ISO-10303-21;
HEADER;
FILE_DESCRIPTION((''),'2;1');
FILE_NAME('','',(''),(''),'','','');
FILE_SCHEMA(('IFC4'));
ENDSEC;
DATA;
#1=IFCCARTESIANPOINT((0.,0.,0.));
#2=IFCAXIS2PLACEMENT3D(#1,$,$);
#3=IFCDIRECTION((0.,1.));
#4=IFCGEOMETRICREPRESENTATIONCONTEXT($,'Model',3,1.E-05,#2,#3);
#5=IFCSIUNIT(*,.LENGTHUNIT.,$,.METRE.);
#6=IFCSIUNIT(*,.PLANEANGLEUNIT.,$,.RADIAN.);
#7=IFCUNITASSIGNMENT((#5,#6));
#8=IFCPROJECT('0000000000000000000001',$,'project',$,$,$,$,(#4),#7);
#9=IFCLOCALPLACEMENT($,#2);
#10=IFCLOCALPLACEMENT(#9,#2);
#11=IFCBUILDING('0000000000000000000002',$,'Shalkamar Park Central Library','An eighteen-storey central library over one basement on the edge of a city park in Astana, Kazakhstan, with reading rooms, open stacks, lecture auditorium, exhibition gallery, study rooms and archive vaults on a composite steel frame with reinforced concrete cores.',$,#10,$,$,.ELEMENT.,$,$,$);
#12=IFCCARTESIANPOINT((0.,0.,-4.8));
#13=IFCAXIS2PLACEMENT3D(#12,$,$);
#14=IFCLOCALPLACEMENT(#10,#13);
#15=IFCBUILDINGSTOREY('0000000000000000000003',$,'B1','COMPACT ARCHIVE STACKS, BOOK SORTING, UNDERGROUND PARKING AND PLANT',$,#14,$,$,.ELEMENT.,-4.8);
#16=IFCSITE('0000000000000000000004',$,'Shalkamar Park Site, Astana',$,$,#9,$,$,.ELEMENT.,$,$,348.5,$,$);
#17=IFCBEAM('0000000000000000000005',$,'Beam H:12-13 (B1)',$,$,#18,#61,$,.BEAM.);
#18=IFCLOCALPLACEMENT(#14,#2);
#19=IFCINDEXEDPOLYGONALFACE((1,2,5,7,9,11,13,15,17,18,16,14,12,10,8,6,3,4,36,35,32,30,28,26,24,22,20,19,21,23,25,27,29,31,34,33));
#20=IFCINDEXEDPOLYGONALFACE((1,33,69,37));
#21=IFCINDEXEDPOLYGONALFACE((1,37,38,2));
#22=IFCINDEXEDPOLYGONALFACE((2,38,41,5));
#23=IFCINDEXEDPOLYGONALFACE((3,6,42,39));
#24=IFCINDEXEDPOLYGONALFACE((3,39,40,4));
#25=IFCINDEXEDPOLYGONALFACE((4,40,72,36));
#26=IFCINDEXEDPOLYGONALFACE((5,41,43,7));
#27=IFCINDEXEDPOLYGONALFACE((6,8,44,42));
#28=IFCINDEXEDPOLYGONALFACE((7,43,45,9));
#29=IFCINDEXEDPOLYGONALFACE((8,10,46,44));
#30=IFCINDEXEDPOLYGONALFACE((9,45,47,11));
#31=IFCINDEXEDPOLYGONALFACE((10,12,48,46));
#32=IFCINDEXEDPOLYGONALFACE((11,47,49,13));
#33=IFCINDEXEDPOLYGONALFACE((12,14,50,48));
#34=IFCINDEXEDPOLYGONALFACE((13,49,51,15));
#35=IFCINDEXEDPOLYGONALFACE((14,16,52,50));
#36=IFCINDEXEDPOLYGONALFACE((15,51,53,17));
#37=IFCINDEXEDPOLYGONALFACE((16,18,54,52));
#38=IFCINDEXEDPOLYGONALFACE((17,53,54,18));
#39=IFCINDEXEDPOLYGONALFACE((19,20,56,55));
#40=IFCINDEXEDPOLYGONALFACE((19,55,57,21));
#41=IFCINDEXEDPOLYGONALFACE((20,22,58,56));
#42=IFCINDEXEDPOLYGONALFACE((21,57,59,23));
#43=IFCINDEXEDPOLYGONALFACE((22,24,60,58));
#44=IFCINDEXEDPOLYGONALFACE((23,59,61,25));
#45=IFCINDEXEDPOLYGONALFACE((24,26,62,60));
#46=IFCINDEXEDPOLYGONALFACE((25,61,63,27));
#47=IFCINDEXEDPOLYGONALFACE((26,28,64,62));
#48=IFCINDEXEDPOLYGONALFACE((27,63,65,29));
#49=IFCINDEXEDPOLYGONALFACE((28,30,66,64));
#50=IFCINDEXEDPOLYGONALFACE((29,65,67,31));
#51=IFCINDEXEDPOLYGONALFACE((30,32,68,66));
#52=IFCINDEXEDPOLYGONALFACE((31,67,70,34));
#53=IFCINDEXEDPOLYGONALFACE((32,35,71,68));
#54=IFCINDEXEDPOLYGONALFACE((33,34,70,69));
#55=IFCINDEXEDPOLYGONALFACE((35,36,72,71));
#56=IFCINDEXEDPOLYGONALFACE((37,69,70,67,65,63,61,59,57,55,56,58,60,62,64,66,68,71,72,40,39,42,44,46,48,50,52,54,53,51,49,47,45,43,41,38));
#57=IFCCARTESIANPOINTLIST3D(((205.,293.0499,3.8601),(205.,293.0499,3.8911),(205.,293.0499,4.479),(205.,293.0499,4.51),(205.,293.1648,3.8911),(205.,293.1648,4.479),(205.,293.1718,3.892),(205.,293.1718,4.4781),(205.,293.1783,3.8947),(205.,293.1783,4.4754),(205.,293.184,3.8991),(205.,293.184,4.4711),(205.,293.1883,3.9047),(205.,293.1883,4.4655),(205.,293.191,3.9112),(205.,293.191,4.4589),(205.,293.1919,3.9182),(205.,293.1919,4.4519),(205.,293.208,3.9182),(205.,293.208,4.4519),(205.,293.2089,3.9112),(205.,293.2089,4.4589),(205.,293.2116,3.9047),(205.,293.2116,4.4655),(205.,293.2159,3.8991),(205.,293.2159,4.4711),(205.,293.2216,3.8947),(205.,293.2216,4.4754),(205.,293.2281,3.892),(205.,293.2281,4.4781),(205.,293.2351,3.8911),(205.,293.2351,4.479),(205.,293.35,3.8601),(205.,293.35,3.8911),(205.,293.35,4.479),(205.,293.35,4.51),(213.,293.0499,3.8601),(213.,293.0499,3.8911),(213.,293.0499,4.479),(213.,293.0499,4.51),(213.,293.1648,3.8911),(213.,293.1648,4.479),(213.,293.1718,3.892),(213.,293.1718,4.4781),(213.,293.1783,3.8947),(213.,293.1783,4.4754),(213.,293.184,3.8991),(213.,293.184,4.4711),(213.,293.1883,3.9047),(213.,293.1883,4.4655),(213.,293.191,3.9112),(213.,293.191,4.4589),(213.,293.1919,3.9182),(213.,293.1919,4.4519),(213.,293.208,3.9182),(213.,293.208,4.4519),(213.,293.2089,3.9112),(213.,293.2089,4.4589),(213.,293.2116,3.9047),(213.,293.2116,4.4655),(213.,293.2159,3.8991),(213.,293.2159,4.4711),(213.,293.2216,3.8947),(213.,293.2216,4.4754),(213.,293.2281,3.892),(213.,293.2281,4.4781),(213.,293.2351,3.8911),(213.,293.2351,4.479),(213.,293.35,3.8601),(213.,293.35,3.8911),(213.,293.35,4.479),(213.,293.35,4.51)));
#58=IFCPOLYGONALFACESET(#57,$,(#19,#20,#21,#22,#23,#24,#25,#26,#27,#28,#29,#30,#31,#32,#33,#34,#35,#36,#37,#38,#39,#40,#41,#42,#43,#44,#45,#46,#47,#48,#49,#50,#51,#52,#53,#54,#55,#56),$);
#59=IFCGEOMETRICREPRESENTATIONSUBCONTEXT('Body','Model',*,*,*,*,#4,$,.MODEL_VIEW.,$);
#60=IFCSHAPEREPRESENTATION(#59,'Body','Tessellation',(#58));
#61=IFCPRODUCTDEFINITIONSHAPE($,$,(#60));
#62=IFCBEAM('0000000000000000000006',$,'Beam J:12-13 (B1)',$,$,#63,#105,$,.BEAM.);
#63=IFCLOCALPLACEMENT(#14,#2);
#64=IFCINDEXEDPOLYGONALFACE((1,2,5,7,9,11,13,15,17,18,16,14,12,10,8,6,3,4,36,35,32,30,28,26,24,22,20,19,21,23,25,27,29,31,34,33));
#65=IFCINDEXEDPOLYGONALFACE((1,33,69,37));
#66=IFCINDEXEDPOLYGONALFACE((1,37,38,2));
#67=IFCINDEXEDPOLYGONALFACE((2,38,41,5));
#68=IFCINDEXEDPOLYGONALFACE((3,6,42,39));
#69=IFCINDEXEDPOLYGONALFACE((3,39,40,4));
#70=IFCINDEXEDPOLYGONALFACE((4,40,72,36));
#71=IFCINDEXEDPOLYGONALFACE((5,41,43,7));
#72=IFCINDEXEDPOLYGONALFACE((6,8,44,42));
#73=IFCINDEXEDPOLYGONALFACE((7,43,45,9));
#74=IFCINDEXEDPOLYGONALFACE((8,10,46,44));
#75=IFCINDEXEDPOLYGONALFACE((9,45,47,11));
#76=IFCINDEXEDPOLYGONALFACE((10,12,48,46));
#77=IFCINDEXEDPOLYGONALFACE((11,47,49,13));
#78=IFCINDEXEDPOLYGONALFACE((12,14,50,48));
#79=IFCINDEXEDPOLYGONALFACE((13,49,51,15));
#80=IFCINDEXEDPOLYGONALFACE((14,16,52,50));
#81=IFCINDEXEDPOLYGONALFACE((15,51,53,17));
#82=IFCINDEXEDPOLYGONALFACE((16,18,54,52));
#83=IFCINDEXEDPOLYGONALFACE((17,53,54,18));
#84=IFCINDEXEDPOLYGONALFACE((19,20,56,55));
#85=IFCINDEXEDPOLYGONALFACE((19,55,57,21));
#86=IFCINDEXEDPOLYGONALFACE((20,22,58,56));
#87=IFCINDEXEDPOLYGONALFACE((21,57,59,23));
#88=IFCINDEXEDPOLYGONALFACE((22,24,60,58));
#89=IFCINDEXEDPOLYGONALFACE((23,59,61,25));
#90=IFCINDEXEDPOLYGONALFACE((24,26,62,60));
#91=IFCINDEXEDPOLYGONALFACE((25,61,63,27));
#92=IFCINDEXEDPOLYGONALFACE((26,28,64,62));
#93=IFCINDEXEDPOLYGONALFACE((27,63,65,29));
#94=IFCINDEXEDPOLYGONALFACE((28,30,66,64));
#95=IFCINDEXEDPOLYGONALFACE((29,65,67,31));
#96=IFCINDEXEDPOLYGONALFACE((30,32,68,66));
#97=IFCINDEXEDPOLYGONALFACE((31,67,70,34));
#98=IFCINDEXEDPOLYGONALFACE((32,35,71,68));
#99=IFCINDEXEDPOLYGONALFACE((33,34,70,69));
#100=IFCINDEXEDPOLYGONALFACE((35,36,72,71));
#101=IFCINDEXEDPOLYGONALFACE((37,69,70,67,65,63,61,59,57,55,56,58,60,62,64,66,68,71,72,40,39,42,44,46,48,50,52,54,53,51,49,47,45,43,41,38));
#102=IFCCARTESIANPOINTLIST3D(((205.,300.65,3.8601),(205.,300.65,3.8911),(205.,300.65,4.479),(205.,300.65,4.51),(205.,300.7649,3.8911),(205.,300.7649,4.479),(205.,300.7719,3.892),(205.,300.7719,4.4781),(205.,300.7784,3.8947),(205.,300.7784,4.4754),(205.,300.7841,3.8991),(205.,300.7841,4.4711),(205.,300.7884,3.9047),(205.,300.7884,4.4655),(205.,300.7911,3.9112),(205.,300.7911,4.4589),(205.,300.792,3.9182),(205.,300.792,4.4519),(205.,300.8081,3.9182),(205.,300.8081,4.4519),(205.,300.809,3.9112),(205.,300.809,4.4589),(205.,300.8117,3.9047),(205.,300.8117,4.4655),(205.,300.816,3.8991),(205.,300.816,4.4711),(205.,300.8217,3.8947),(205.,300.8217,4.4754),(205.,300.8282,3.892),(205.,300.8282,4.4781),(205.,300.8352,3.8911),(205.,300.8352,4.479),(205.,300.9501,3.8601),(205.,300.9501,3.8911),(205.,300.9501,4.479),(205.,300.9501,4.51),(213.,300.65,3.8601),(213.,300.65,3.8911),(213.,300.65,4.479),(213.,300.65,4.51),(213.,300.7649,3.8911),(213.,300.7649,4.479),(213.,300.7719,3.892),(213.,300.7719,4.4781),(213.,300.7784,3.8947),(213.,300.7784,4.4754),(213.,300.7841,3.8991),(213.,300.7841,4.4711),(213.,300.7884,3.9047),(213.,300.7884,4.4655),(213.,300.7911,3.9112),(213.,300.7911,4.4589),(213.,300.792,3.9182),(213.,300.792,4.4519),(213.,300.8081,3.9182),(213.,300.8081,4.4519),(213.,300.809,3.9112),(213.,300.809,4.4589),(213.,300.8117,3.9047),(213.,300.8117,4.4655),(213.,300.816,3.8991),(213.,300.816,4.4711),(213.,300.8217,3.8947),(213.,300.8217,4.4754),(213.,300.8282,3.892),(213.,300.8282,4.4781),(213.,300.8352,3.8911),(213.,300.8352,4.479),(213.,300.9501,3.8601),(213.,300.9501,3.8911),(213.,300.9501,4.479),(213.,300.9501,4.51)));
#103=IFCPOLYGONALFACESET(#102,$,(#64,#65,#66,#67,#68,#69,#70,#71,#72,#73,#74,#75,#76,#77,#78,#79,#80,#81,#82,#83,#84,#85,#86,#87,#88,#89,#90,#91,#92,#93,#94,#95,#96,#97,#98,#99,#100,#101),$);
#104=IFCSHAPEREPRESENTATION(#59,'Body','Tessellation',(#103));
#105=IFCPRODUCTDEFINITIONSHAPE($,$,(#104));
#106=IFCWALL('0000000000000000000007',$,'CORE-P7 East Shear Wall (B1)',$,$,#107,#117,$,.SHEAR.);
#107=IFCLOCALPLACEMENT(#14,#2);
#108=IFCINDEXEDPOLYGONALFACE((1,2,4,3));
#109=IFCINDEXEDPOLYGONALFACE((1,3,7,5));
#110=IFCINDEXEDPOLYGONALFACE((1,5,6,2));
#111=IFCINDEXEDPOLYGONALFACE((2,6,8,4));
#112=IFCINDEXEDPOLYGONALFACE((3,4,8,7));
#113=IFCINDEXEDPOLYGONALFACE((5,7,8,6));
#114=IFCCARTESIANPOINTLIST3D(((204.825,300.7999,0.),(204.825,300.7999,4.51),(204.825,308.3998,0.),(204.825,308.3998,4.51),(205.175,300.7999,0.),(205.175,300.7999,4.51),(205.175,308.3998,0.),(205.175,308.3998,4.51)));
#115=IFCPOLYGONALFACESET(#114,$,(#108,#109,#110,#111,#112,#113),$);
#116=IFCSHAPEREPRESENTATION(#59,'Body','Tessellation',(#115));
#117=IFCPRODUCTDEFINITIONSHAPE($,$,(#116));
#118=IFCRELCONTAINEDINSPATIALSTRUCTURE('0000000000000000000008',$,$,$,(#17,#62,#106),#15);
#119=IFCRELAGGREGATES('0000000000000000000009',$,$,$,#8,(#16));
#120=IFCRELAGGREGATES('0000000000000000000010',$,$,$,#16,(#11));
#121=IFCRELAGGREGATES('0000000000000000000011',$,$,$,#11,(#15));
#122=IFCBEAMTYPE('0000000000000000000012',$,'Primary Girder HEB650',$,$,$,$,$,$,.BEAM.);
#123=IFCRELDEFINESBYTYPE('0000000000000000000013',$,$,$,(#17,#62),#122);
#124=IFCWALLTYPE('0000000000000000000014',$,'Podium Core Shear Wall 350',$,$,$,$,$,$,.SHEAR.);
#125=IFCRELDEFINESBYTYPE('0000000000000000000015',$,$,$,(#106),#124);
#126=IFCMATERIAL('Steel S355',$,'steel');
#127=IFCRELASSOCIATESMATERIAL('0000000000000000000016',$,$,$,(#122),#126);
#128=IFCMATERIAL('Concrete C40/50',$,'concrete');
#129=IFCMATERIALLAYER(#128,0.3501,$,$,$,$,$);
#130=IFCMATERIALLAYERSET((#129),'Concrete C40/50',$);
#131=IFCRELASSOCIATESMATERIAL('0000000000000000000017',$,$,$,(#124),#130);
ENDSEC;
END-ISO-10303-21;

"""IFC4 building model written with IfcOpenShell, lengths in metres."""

from ifc_helpers import new_model, si_unit, direction, frame, frame_2d, origin, origin_2d, place, context, subcontext, project, spatial, rectangle, i_section, extrude, material, layer, layer_set, material_profile, profile_set, type_object, element, save


model = new_model("IFC4")

# Units and contexts
model_context = context("Model", 3, precision=1e-05, world=origin(), true_north=direction((0.0, 1.0)))
body_context = subcontext(model_context, "Body", "Model", "MODEL_VIEW")
ifc_project = project(units=[si_unit("LENGTHUNIT", "METRE"), si_unit("PLANEANGLEUNIT", "RADIAN")], contexts=[model_context])

# Site, building, storey
site_placement = place(None, origin())
site = spatial("IfcSite", under=ifc_project, at=site_placement, Name="Shalkamar Park Site, Astana", CompositionType="ELEMENT", RefElevation=348.5)
building_placement = place(site_placement, origin())
building = spatial("IfcBuilding", under=site, at=building_placement, Name="Shalkamar Park Central Library", Description="An eighteen-storey central library over one basement on the edge of a city park in Astana, Kazakhstan, with reading rooms, open stacks, lecture auditorium, exhibition gallery, study rooms and archive vaults on a composite steel frame with reinforced concrete cores.", CompositionType="ELEMENT")
storey_placement = place(building_placement, frame((0.0, 0.0, -4.8)))
storey = spatial("IfcBuildingStorey", under=building, at=storey_placement, Name="B1", Description="COMPACT ARCHIVE STACKS, BOOK SORTING, UNDERGROUND PARKING AND PLANT", CompositionType="ELEMENT", Elevation=-4.8)

# Shared definitions
ifc_material_1 = material(Name="Steel S355", Category="steel")

# Beams
ifc_material_profile_1 = material_profile(ifc_material_1, i_section(OverallWidth=0.3, OverallDepth=0.6499, WebThickness=0.0161, FlangeThickness=0.031, FilletRadius=0.0271, at=origin_2d()), Name="HEB 650")
ifc_profile_set_1 = profile_set([ifc_material_profile_1], Name="Steel S355")
beam_type_1 = type_object("IfcBeamType", Name="Primary Girder HEB650", PredefinedType="BEAM", material=ifc_profile_set_1)
for number, where, z_axis, x_axis, name in (
    (1, (205.0, 293.2, 4.1851), (1.0, 0.0, 0.0), (0.0, 1.0, 0.0), "Beam H:12-13 (B1)"),
    (2, (205.0, 300.8, 4.1851), (1.0, 0.0, 0.0), (0.0, 1.0, 0.0), "Beam J:12-13 (B1)"),
):
    element("IfcBeam", number, at=place(storey_placement, frame(where, z_axis=z_axis, x_axis=x_axis)), inside=storey, type_object=beam_type_1, Name=name, PredefinedType="BEAM", context=body_context, shape_type="SweptSolid", body=[
        extrude(i_section(OverallWidth=0.3, OverallDepth=0.6499, WebThickness=0.0161, FlangeThickness=0.031, FilletRadius=0.0271, at=origin_2d()), origin(), (0.0, 0.0, 1.0), 8.0),
    ])

# Wall
ifc_material_2 = material(Name="Concrete C40/50", Category="concrete")
ifc_layer = layer(ifc_material_2, 0.3501)
ifc_layer_set = layer_set([ifc_layer], Name="Concrete C40/50")
wall_type = type_object("IfcWallType", Name="Podium Core Shear Wall 350", PredefinedType="SHEAR", material=ifc_layer_set)
wall_placement = place(storey_placement, frame((205.0, 300.8, 0.0), z_axis=(0.0, 0.0, 1.0), x_axis=(0.0, 1.0, 0.0)))
element("IfcWall", 3, at=wall_placement, inside=storey, type_object=wall_type, Name="CORE-P7 East Shear Wall (B1)", PredefinedType="SHEAR", context=body_context, shape_type="SweptSolid", body=[
    extrude(rectangle(XDim=7.5999, YDim=0.3501, at=frame_2d((3.7998, 0.0))), origin(), (0.0, 0.0, 1.0), 4.51),
])

save(model, "model.ifc")
